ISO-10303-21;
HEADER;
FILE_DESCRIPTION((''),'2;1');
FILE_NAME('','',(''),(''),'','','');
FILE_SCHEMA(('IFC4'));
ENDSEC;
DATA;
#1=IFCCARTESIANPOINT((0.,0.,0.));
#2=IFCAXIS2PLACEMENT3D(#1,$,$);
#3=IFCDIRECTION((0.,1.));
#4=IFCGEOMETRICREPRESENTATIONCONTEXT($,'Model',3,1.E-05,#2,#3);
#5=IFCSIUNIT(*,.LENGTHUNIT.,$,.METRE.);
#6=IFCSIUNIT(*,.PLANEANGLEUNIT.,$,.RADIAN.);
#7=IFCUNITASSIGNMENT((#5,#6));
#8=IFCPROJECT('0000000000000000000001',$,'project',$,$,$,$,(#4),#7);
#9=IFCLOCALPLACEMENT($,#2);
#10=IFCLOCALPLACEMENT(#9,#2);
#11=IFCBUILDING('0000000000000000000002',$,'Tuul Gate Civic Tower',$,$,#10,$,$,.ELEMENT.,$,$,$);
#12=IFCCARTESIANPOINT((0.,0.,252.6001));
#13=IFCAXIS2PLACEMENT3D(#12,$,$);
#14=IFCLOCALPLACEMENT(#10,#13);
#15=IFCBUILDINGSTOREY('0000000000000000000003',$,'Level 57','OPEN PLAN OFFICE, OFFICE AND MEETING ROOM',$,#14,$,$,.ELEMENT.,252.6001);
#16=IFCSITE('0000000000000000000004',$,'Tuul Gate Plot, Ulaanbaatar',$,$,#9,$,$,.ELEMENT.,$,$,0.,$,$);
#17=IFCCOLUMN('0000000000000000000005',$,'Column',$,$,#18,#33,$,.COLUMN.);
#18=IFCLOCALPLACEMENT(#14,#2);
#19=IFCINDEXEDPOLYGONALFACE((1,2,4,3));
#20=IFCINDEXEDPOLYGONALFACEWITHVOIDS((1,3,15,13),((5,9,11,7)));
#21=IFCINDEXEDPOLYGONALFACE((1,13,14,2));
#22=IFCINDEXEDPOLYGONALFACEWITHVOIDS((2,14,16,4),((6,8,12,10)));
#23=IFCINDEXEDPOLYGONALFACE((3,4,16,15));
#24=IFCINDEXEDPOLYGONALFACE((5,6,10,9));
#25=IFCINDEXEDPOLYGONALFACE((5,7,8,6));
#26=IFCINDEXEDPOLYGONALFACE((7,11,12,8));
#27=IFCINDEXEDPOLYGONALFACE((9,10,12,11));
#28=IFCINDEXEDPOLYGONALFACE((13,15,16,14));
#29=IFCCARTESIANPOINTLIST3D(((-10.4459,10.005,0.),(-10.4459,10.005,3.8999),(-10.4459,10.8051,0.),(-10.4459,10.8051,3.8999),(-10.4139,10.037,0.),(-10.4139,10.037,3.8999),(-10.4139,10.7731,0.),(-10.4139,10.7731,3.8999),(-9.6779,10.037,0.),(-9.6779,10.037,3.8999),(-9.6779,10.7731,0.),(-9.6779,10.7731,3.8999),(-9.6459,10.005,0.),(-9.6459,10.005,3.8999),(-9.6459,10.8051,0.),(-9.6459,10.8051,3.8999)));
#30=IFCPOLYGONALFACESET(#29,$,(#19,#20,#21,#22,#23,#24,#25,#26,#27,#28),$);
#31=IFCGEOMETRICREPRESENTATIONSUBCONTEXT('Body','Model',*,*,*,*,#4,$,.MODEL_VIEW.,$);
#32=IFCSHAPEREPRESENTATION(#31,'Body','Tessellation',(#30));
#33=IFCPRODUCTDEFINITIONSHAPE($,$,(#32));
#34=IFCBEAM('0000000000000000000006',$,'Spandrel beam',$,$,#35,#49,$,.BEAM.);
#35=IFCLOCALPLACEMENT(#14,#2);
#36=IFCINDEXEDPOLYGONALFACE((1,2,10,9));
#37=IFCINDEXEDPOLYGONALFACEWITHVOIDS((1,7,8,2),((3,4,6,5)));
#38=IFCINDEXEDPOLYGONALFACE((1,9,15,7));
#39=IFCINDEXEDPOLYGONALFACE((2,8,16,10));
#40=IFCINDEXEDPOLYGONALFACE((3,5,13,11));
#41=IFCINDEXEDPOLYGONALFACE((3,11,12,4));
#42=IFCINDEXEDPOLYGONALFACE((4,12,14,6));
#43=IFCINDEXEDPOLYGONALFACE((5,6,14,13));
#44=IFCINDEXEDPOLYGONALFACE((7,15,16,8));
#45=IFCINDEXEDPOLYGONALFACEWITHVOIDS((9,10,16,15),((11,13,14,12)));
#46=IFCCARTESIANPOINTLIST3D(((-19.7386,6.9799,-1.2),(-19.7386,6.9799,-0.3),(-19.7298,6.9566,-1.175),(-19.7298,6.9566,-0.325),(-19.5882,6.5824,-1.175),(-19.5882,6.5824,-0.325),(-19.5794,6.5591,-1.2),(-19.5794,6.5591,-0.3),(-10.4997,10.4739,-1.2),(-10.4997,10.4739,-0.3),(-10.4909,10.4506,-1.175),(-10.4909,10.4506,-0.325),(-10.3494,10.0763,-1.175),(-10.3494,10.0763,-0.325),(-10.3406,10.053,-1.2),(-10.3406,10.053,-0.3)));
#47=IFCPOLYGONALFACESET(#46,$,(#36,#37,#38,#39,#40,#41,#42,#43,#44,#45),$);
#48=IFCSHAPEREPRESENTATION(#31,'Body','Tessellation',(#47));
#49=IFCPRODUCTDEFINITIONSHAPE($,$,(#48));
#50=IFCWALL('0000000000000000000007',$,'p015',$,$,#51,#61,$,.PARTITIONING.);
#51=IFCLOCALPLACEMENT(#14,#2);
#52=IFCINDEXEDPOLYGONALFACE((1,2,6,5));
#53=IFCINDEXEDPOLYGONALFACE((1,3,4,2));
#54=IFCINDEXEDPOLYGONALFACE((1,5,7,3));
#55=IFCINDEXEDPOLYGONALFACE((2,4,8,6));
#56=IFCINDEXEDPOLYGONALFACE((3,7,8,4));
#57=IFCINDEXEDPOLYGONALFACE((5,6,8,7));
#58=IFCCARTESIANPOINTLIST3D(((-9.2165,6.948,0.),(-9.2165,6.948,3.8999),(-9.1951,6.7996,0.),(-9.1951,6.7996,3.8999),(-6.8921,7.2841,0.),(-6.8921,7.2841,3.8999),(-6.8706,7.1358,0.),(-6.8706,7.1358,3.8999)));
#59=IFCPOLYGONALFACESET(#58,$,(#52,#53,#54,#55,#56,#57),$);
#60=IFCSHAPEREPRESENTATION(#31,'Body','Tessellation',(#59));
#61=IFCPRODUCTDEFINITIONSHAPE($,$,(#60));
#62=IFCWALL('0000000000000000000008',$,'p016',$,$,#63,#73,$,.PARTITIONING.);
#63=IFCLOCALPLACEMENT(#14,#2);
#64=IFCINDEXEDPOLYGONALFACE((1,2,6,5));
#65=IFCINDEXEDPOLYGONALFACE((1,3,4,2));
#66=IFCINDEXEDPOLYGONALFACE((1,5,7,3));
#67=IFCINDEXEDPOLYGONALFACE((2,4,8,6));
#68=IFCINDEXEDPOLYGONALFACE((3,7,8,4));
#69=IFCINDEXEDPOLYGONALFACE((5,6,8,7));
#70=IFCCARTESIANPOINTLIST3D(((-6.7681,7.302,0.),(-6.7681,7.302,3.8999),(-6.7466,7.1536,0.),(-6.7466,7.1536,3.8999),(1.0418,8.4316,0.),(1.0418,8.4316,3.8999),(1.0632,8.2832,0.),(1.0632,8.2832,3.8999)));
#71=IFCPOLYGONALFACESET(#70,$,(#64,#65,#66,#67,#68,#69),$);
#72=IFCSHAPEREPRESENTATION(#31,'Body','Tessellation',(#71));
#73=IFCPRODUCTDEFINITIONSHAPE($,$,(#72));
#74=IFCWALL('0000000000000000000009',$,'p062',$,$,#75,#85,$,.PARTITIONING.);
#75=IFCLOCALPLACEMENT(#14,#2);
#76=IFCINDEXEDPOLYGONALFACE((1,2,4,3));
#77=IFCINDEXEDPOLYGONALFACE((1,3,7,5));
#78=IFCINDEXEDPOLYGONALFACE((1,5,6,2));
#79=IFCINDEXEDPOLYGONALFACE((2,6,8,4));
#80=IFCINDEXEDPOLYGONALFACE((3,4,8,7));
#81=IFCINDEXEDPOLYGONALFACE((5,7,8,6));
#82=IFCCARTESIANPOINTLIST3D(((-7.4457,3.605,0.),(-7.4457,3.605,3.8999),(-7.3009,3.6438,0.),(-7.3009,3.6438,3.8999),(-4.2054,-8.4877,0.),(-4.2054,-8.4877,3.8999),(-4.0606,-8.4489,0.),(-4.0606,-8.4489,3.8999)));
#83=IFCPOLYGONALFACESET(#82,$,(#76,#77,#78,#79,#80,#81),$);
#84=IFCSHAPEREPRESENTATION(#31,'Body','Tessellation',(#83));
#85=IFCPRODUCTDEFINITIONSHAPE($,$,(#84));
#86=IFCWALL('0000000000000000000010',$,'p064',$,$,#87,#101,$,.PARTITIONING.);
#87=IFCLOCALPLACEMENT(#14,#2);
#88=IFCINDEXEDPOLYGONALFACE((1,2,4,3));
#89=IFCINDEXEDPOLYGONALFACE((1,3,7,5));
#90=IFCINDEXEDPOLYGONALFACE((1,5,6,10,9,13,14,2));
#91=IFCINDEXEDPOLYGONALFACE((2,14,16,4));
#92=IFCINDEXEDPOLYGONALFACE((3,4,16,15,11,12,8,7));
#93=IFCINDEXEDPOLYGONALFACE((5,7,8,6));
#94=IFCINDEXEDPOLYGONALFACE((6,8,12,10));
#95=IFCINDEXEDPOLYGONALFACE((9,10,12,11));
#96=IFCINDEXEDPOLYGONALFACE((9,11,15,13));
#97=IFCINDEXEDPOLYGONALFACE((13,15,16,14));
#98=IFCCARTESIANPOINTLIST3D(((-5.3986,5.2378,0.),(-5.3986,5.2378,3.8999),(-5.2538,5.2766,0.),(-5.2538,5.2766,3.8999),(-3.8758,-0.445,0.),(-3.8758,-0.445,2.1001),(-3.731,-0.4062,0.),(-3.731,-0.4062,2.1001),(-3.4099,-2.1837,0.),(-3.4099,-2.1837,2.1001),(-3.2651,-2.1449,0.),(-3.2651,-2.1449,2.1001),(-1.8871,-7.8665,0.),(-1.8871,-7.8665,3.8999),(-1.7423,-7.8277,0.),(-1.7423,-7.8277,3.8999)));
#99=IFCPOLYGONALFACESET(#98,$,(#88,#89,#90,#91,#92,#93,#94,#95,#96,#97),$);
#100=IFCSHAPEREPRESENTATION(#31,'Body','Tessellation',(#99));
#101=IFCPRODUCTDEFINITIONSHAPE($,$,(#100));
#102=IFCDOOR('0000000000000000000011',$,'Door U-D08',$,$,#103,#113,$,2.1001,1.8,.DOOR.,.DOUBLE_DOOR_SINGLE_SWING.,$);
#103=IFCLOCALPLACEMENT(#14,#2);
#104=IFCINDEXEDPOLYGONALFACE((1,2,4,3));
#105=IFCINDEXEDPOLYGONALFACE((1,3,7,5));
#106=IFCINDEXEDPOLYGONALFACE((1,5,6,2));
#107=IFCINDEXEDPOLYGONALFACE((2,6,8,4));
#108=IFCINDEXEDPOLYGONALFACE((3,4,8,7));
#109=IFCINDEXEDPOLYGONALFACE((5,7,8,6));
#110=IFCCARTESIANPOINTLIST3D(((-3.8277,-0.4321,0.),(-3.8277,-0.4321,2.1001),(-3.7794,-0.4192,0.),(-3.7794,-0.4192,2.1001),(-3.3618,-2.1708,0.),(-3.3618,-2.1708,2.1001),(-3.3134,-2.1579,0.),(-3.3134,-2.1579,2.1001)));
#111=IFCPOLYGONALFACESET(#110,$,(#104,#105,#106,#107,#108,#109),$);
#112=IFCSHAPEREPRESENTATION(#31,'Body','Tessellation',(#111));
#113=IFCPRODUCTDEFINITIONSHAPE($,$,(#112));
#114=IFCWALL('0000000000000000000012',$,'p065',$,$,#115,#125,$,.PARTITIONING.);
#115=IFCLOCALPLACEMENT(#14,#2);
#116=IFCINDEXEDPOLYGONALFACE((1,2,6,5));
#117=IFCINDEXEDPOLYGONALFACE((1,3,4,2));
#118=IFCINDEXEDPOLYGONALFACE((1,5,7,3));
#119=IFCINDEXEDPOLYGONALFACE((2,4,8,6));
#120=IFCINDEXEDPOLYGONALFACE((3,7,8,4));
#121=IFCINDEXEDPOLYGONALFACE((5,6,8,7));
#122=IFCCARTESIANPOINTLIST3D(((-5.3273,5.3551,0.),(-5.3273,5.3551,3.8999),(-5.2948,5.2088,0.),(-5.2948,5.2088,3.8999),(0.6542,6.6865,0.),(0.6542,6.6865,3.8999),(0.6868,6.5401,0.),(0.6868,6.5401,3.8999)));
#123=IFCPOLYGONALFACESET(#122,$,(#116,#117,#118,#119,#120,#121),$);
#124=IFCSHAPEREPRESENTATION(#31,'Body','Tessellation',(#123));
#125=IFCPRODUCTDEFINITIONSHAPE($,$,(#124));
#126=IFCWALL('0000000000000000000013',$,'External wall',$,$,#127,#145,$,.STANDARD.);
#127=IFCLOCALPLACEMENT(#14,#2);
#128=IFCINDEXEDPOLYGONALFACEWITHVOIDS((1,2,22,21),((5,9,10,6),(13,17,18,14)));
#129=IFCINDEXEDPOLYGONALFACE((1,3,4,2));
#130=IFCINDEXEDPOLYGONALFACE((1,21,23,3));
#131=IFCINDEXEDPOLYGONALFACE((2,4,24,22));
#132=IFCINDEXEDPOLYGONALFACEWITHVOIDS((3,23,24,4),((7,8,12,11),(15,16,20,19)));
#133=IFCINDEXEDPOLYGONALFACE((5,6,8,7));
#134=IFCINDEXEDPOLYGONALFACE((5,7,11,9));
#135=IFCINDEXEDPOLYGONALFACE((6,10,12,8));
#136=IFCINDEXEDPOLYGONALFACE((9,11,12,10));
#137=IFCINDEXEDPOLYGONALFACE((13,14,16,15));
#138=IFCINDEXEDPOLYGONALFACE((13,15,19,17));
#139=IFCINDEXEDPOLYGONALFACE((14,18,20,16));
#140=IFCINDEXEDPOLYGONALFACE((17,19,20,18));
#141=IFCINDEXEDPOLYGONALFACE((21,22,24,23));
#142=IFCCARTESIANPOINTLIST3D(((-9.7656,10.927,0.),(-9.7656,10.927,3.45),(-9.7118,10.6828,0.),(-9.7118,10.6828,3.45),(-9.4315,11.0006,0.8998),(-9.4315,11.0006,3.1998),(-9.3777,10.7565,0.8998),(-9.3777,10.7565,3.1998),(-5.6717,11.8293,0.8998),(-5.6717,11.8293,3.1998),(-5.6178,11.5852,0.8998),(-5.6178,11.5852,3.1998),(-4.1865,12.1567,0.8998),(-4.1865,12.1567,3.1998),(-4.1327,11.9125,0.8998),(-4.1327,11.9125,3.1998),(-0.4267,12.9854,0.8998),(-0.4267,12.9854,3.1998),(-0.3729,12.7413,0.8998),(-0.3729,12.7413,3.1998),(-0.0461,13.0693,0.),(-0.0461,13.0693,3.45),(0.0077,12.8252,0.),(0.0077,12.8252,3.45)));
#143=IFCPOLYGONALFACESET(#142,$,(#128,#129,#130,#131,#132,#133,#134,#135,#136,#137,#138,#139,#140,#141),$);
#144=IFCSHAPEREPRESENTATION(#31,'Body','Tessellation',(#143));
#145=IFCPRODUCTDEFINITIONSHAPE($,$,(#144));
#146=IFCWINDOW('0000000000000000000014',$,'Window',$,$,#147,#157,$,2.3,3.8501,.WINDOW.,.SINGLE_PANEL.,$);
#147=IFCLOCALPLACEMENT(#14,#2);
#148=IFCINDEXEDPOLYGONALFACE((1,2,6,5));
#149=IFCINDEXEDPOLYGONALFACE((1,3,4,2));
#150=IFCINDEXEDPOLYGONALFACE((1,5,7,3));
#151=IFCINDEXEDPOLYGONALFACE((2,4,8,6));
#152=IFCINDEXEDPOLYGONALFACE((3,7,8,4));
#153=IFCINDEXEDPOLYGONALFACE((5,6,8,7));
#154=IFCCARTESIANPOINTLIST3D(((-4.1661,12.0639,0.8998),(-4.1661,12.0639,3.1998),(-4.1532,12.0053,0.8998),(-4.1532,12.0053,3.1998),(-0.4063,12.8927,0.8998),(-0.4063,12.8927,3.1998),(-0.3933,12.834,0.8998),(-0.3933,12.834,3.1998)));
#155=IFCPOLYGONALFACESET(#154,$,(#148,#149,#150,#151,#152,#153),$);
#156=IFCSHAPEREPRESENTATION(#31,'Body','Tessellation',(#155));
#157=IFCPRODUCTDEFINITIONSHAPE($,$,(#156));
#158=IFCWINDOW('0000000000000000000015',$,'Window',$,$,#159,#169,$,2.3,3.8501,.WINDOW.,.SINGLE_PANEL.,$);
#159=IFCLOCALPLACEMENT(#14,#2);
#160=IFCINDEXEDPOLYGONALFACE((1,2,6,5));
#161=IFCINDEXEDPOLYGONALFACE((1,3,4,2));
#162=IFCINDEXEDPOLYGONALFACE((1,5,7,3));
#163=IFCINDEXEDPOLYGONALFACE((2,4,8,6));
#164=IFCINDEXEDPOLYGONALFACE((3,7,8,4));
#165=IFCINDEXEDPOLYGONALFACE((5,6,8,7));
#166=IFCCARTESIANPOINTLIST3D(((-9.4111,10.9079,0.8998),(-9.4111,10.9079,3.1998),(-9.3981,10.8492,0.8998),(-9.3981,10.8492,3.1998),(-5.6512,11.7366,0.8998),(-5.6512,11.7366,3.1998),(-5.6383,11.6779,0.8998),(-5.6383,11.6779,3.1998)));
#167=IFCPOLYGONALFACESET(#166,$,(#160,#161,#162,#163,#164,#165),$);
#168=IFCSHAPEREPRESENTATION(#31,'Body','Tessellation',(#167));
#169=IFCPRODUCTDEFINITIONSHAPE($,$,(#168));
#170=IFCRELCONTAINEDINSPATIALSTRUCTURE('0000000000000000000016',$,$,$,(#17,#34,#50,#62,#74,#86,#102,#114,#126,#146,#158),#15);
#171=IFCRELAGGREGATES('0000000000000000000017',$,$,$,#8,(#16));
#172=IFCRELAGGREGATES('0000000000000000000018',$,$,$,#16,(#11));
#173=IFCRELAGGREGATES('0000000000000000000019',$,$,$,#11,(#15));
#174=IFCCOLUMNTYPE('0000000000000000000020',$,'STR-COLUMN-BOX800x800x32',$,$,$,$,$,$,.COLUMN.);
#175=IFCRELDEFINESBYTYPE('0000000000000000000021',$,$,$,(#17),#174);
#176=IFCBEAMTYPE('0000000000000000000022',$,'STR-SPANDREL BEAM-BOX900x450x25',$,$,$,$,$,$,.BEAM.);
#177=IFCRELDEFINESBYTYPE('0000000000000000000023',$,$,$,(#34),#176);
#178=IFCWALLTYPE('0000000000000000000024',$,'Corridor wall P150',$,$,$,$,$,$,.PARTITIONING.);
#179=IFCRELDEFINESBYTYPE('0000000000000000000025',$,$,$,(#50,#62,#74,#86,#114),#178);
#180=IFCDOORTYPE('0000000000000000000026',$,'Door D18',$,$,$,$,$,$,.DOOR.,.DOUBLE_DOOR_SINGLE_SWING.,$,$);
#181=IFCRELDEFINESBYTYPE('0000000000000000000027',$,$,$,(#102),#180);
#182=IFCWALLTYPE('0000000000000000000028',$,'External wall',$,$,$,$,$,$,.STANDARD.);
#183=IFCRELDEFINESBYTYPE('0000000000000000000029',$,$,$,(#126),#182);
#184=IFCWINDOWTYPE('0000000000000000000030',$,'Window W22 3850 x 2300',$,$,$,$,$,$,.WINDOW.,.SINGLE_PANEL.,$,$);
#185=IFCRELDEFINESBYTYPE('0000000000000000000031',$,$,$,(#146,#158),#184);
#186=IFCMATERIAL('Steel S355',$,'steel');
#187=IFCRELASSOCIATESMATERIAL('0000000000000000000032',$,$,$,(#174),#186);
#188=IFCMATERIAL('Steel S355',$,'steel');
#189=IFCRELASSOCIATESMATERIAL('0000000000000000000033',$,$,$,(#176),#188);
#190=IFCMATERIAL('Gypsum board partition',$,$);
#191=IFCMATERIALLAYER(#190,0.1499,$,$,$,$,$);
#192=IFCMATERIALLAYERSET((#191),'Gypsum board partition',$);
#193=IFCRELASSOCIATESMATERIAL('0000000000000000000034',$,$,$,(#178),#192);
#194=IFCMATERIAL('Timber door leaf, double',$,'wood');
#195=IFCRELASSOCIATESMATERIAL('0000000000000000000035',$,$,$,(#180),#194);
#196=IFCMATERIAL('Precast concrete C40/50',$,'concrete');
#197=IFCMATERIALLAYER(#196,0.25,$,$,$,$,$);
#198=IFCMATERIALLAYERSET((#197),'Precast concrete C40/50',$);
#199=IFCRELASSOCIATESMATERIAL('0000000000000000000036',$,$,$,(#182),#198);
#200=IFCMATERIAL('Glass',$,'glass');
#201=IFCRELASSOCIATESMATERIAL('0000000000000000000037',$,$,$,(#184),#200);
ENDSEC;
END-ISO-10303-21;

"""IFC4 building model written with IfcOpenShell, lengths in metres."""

from ifc_helpers import new_model, si_unit, direction, frame, frame_2d, origin, origin_2d, place, context, subcontext, project, spatial, rectangle, hollow_rectangle, extrude, material, layer, layer_set, material_profile, profile_set, type_object, element, fill, save


model = new_model("IFC4")

# Units and contexts
model_context = context("Model", 3, precision=1e-05, world=origin(), true_north=direction((0.0, 1.0)))
body_context = subcontext(model_context, "Body", "Model", "MODEL_VIEW")
ifc_project = project(units=[si_unit("LENGTHUNIT", "METRE"), si_unit("PLANEANGLEUNIT", "RADIAN")], contexts=[model_context])

# Site, building, storey
site_placement = place(None, origin())
site = spatial("IfcSite", under=ifc_project, at=site_placement, Name="Tuul Gate Plot, Ulaanbaatar", CompositionType="ELEMENT", RefElevation=0.0)
building_placement = place(site_placement, origin())
building = spatial("IfcBuilding", under=site, at=building_placement, Name="Tuul Gate Civic Tower", CompositionType="ELEMENT")
storey_placement = place(building_placement, frame((0.0, 0.0, 252.6001)))
storey = spatial("IfcBuildingStorey", under=building, at=storey_placement, Name="Level 57", Description="OPEN PLAN OFFICE, OFFICE AND MEETING ROOM", CompositionType="ELEMENT", Elevation=252.6001)

# Column
ifc_material_1 = material(Name="Steel S355", Category="steel")
ifc_material_profile_1 = material_profile(ifc_material_1, hollow_rectangle(XDim=0.8, YDim=0.8, WallThickness=0.032, at=origin_2d()), Name="BOX800x800x32")
ifc_profile_set_1 = profile_set([ifc_material_profile_1], Name="Steel S355")
column_type = type_object("IfcColumnType", Name="STR-COLUMN-BOX800x800x32", PredefinedType="COLUMN", material=ifc_profile_set_1)
column_placement = place(storey_placement, frame((-10.0459, 10.405, 0.0), z_axis=(0.0, 0.0, 1.0), x_axis=(1.0, 0.0, 0.0)))
element("IfcColumn", 1, at=column_placement, inside=storey, type_object=column_type, Name="Column", PredefinedType="COLUMN", context=body_context, shape_type="SweptSolid", body=[
    extrude(hollow_rectangle(XDim=0.8, YDim=0.8, WallThickness=0.032, at=origin_2d()), origin(), (0.0, 0.0, 1.0), 3.8999),
])

# Beam
ifc_material_2 = material(Name="Steel S355", Category="steel")
ifc_material_profile_2 = material_profile(ifc_material_2, hollow_rectangle(XDim=0.45, YDim=0.8999, WallThickness=0.0249, at=origin_2d()), Name="BOX900x450x25")
ifc_profile_set_2 = profile_set([ifc_material_profile_2], Name="Steel S355")
beam_type = type_object("IfcBeamType", Name="STR-SPANDREL BEAM-BOX900x450x25", PredefinedType="BEAM", material=ifc_profile_set_2)
beam_placement = place(storey_placement, frame((-10.4202, 10.2634, -0.75), z_axis=(-0.935348, -0.353728, 0.0), x_axis=(0.353728, -0.935348, 0.0)))
element("IfcBeam", 2, at=beam_placement, inside=storey, type_object=beam_type, Name="Spandrel beam", PredefinedType="BEAM", context=body_context, shape_type="SweptSolid", body=[
    extrude(hollow_rectangle(XDim=0.45, YDim=0.8999, WallThickness=0.0249, at=origin_2d()), origin(), (0.0, 0.0, 1.0), 9.8774),
])

# Walls
ifc_material_3 = material(Name="Gypsum board partition")
ifc_layer_1 = layer(ifc_material_3, 0.1499)
ifc_layer_set_1 = layer_set([ifc_layer_1], Name="Gypsum board partition")
wall_type_1 = type_object("IfcWallType", Name="Corridor wall P150", PredefinedType="PARTITIONING", material=ifc_layer_set_1)
wall_1_placement = place(storey_placement, frame((-9.2058, 6.8738, 0.0), z_axis=(0.0, 0.0, 1.0), x_axis=(0.989703, 0.143138, 0.0)))
element("IfcWall", 3, at=wall_1_placement, inside=storey, type_object=wall_type_1, Name="p015", PredefinedType="PARTITIONING", context=body_context, shape_type="SweptSolid", body=[
    extrude(rectangle(XDim=2.3486, YDim=0.1499, at=frame_2d((1.1743, 0.0))), origin(), (0.0, 0.0, 1.0), 3.8999),
])
wall_2_placement = place(storey_placement, frame((-6.7573, 7.2278, 0.0), z_axis=(0.0, 0.0, 1.0), x_axis=(0.9897, 0.143154, 0.0)))
element("IfcWall", 4, at=wall_2_placement, inside=storey, type_object=wall_type_1, Name="p016", PredefinedType="PARTITIONING", context=body_context, shape_type="SweptSolid", body=[
    extrude(rectangle(XDim=7.8911, YDim=0.1499, at=frame_2d((3.9456, 0.0))), origin(), (0.0, 0.0, 1.0), 3.8999),
])
wall_3_placement = place(storey_placement, frame((-7.3733, 3.6245, 0.0), z_axis=(0.0, 0.0, 1.0), x_axis=(0.258818, -0.965926, 0.0)))
element("IfcWall", 5, at=wall_3_placement, inside=storey, type_object=wall_type_1, Name="p062", PredefinedType="PARTITIONING", context=body_context, shape_type="SweptSolid", body=[
    extrude(rectangle(XDim=12.5193, YDim=0.1499, at=frame_2d((6.2598, 0.0))), origin(), (0.0, 0.0, 1.0), 3.8999),
])

# Wall, opening, door
wall_4_placement = place(storey_placement, frame((-5.3262, 5.2571, 0.0), z_axis=(0.0, 0.0, 1.0), x_axis=(0.258833, -0.965922, 0.0)))
wall_4 = element("IfcWall", 6, at=wall_4_placement, inside=storey, type_object=wall_type_1, Name="p064", PredefinedType="PARTITIONING", context=body_context, shape_type="SweptSolid", body=[
    extrude(rectangle(XDim=13.5667, YDim=0.1499, at=frame_2d((6.7832, 0.0))), origin(), (0.0, 0.0, 1.0), 3.8999),
])
opening_1_placement = place(wall_4_placement, frame((5.8833, 0.0, 0.0)))
opening_1 = element("IfcOpeningElement", 7, at=opening_1_placement, cuts=wall_4, PredefinedType="OPENING", context=body_context, shape_type="SweptSolid", body=[
    extrude(rectangle(XDim=1.8, YDim=2.1001, at=frame_2d((0.8999, 1.05))), frame((0.0, 0.085, 0.0), z_axis=(0.0, -1.0, 0.0), x_axis=(1.0, 0.0, 0.0)), (0.0, 0.0, 1.0), 0.1699),
])
ifc_material_4 = material(Name="Timber door leaf, double", Category="wood")
door_type = type_object("IfcDoorType", Name="Door D18", OperationType="DOUBLE_DOOR_SINGLE_SWING", PredefinedType="DOOR", material=ifc_material_4)
door_placement = place(opening_1_placement, origin())
door = element("IfcDoor", 8, at=door_placement, inside=storey, type_object=door_type, Name="Door U-D08", OperationType="DOUBLE_DOOR_SINGLE_SWING", OverallHeight=2.1001, OverallWidth=1.8, PredefinedType="DOOR", context=body_context, shape_type="SweptSolid", body=[
    extrude(rectangle(XDim=1.8, YDim=2.1001, at=frame_2d((0.8999, 1.05))), frame((0.0, 0.0249, 0.0), z_axis=(0.0, -1.0, 0.0), x_axis=(1.0, 0.0, 0.0)), (0.0, 0.0, 1.0), 0.05),
])
fill(opening_1, door)

# Wall
wall_5_placement = place(storey_placement, frame((-5.311, 5.282, 0.0), z_axis=(0.0, 0.0, 1.0), x_axis=(0.976115, 0.217255, 0.0)))
element("IfcWall", 9, at=wall_5_placement, inside=storey, type_object=wall_type_1, Name="p065", PredefinedType="PARTITIONING", context=body_context, shape_type="SweptSolid", body=[
    extrude(rectangle(XDim=6.1279, YDim=0.1499, at=frame_2d((3.064, 0.0))), origin(), (0.0, 0.0, 1.0), 3.8999),
])

# Wall, openings, windows
ifc_material_5 = material(Name="Precast concrete C40/50", Category="concrete")
ifc_layer_2 = layer(ifc_material_5, 0.25)
ifc_layer_set_2 = layer_set([ifc_layer_2], Name="Precast concrete C40/50")
wall_type_2 = type_object("IfcWallType", Name="External wall", PredefinedType="STANDARD", material=ifc_layer_set_2)
wall_6_placement = place(storey_placement, frame((-0.019, 12.9473, 0.0), z_axis=(0.0, 0.0, 1.0), x_axis=(-0.976559, -0.21525, 0.0)))
wall_6 = element("IfcWall", 10, at=wall_6_placement, inside=storey, type_object=wall_type_2, Name="External wall", PredefinedType="STANDARD", context=body_context, shape_type="SweptSolid", body=[
    extrude(rectangle(XDim=9.9529, YDim=0.25, at=frame_2d((4.9766, 0.0))), origin(), (0.0, 0.0, 1.0), 3.45),
])
opening_2_placement = place(wall_6_placement, frame((0.3899, 0.0, 0.8999)))
opening_2 = element("IfcOpeningElement", 11, at=opening_2_placement, cuts=wall_6, PredefinedType="OPENING", context=body_context, shape_type="SweptSolid", body=[
    extrude(rectangle(XDim=3.8501, YDim=2.3, at=frame_2d((1.925, 1.1499))), frame((0.0, 0.135, 0.0), z_axis=(0.0, -1.0, 0.0), x_axis=(1.0, 0.0, 0.0)), (0.0, 0.0, 1.0), 0.27),
])
opening_3_placement = place(wall_6_placement, frame((5.7607, 0.0, 0.8999)))
opening_3 = element("IfcOpeningElement", 12, at=opening_3_placement, cuts=wall_6, PredefinedType="OPENING", context=body_context, shape_type="SweptSolid", body=[
    extrude(rectangle(XDim=3.8501, YDim=2.3, at=frame_2d((1.925, 1.1499))), frame((0.0, 0.135, 0.0), z_axis=(0.0, -1.0, 0.0), x_axis=(1.0, 0.0, 0.0)), (0.0, 0.0, 1.0), 0.27),
])
ifc_material_6 = material(Name="Glass", Category="glass")
window_type = type_object("IfcWindowType", Name="Window W22 3850 x 2300", PartitioningType="SINGLE_PANEL", PredefinedType="WINDOW", material=ifc_material_6)
window_1_placement = place(opening_2_placement, origin())
window_1 = element("IfcWindow", 13, at=window_1_placement, inside=storey, type_object=window_type, Name="Window", OverallHeight=2.3, OverallWidth=3.8501, PartitioningType="SINGLE_PANEL", PredefinedType="WINDOW", context=body_context, shape_type="SweptSolid", body=[
    extrude(rectangle(XDim=3.8501, YDim=2.3, at=frame_2d((1.925, 1.1499))), frame((0.0, 0.03, 0.0), z_axis=(0.0, -1.0, 0.0), x_axis=(1.0, 0.0, 0.0)), (0.0, 0.0, 1.0), 0.0601),
])
fill(opening_2, window_1)
window_2_placement = place(opening_3_placement, origin())
window_2 = element("IfcWindow", 14, at=window_2_placement, inside=storey, type_object=window_type, Name="Window", OverallHeight=2.3, OverallWidth=3.8501, PartitioningType="SINGLE_PANEL", PredefinedType="WINDOW", context=body_context, shape_type="SweptSolid", body=[
    extrude(rectangle(XDim=3.8501, YDim=2.3, at=frame_2d((1.925, 1.1499))), frame((0.0, 0.03, 0.0), z_axis=(0.0, -1.0, 0.0), x_axis=(1.0, 0.0, 0.0)), (0.0, 0.0, 1.0), 0.0601),
])
fill(opening_3, window_2)

save(model, "model.ifc")
